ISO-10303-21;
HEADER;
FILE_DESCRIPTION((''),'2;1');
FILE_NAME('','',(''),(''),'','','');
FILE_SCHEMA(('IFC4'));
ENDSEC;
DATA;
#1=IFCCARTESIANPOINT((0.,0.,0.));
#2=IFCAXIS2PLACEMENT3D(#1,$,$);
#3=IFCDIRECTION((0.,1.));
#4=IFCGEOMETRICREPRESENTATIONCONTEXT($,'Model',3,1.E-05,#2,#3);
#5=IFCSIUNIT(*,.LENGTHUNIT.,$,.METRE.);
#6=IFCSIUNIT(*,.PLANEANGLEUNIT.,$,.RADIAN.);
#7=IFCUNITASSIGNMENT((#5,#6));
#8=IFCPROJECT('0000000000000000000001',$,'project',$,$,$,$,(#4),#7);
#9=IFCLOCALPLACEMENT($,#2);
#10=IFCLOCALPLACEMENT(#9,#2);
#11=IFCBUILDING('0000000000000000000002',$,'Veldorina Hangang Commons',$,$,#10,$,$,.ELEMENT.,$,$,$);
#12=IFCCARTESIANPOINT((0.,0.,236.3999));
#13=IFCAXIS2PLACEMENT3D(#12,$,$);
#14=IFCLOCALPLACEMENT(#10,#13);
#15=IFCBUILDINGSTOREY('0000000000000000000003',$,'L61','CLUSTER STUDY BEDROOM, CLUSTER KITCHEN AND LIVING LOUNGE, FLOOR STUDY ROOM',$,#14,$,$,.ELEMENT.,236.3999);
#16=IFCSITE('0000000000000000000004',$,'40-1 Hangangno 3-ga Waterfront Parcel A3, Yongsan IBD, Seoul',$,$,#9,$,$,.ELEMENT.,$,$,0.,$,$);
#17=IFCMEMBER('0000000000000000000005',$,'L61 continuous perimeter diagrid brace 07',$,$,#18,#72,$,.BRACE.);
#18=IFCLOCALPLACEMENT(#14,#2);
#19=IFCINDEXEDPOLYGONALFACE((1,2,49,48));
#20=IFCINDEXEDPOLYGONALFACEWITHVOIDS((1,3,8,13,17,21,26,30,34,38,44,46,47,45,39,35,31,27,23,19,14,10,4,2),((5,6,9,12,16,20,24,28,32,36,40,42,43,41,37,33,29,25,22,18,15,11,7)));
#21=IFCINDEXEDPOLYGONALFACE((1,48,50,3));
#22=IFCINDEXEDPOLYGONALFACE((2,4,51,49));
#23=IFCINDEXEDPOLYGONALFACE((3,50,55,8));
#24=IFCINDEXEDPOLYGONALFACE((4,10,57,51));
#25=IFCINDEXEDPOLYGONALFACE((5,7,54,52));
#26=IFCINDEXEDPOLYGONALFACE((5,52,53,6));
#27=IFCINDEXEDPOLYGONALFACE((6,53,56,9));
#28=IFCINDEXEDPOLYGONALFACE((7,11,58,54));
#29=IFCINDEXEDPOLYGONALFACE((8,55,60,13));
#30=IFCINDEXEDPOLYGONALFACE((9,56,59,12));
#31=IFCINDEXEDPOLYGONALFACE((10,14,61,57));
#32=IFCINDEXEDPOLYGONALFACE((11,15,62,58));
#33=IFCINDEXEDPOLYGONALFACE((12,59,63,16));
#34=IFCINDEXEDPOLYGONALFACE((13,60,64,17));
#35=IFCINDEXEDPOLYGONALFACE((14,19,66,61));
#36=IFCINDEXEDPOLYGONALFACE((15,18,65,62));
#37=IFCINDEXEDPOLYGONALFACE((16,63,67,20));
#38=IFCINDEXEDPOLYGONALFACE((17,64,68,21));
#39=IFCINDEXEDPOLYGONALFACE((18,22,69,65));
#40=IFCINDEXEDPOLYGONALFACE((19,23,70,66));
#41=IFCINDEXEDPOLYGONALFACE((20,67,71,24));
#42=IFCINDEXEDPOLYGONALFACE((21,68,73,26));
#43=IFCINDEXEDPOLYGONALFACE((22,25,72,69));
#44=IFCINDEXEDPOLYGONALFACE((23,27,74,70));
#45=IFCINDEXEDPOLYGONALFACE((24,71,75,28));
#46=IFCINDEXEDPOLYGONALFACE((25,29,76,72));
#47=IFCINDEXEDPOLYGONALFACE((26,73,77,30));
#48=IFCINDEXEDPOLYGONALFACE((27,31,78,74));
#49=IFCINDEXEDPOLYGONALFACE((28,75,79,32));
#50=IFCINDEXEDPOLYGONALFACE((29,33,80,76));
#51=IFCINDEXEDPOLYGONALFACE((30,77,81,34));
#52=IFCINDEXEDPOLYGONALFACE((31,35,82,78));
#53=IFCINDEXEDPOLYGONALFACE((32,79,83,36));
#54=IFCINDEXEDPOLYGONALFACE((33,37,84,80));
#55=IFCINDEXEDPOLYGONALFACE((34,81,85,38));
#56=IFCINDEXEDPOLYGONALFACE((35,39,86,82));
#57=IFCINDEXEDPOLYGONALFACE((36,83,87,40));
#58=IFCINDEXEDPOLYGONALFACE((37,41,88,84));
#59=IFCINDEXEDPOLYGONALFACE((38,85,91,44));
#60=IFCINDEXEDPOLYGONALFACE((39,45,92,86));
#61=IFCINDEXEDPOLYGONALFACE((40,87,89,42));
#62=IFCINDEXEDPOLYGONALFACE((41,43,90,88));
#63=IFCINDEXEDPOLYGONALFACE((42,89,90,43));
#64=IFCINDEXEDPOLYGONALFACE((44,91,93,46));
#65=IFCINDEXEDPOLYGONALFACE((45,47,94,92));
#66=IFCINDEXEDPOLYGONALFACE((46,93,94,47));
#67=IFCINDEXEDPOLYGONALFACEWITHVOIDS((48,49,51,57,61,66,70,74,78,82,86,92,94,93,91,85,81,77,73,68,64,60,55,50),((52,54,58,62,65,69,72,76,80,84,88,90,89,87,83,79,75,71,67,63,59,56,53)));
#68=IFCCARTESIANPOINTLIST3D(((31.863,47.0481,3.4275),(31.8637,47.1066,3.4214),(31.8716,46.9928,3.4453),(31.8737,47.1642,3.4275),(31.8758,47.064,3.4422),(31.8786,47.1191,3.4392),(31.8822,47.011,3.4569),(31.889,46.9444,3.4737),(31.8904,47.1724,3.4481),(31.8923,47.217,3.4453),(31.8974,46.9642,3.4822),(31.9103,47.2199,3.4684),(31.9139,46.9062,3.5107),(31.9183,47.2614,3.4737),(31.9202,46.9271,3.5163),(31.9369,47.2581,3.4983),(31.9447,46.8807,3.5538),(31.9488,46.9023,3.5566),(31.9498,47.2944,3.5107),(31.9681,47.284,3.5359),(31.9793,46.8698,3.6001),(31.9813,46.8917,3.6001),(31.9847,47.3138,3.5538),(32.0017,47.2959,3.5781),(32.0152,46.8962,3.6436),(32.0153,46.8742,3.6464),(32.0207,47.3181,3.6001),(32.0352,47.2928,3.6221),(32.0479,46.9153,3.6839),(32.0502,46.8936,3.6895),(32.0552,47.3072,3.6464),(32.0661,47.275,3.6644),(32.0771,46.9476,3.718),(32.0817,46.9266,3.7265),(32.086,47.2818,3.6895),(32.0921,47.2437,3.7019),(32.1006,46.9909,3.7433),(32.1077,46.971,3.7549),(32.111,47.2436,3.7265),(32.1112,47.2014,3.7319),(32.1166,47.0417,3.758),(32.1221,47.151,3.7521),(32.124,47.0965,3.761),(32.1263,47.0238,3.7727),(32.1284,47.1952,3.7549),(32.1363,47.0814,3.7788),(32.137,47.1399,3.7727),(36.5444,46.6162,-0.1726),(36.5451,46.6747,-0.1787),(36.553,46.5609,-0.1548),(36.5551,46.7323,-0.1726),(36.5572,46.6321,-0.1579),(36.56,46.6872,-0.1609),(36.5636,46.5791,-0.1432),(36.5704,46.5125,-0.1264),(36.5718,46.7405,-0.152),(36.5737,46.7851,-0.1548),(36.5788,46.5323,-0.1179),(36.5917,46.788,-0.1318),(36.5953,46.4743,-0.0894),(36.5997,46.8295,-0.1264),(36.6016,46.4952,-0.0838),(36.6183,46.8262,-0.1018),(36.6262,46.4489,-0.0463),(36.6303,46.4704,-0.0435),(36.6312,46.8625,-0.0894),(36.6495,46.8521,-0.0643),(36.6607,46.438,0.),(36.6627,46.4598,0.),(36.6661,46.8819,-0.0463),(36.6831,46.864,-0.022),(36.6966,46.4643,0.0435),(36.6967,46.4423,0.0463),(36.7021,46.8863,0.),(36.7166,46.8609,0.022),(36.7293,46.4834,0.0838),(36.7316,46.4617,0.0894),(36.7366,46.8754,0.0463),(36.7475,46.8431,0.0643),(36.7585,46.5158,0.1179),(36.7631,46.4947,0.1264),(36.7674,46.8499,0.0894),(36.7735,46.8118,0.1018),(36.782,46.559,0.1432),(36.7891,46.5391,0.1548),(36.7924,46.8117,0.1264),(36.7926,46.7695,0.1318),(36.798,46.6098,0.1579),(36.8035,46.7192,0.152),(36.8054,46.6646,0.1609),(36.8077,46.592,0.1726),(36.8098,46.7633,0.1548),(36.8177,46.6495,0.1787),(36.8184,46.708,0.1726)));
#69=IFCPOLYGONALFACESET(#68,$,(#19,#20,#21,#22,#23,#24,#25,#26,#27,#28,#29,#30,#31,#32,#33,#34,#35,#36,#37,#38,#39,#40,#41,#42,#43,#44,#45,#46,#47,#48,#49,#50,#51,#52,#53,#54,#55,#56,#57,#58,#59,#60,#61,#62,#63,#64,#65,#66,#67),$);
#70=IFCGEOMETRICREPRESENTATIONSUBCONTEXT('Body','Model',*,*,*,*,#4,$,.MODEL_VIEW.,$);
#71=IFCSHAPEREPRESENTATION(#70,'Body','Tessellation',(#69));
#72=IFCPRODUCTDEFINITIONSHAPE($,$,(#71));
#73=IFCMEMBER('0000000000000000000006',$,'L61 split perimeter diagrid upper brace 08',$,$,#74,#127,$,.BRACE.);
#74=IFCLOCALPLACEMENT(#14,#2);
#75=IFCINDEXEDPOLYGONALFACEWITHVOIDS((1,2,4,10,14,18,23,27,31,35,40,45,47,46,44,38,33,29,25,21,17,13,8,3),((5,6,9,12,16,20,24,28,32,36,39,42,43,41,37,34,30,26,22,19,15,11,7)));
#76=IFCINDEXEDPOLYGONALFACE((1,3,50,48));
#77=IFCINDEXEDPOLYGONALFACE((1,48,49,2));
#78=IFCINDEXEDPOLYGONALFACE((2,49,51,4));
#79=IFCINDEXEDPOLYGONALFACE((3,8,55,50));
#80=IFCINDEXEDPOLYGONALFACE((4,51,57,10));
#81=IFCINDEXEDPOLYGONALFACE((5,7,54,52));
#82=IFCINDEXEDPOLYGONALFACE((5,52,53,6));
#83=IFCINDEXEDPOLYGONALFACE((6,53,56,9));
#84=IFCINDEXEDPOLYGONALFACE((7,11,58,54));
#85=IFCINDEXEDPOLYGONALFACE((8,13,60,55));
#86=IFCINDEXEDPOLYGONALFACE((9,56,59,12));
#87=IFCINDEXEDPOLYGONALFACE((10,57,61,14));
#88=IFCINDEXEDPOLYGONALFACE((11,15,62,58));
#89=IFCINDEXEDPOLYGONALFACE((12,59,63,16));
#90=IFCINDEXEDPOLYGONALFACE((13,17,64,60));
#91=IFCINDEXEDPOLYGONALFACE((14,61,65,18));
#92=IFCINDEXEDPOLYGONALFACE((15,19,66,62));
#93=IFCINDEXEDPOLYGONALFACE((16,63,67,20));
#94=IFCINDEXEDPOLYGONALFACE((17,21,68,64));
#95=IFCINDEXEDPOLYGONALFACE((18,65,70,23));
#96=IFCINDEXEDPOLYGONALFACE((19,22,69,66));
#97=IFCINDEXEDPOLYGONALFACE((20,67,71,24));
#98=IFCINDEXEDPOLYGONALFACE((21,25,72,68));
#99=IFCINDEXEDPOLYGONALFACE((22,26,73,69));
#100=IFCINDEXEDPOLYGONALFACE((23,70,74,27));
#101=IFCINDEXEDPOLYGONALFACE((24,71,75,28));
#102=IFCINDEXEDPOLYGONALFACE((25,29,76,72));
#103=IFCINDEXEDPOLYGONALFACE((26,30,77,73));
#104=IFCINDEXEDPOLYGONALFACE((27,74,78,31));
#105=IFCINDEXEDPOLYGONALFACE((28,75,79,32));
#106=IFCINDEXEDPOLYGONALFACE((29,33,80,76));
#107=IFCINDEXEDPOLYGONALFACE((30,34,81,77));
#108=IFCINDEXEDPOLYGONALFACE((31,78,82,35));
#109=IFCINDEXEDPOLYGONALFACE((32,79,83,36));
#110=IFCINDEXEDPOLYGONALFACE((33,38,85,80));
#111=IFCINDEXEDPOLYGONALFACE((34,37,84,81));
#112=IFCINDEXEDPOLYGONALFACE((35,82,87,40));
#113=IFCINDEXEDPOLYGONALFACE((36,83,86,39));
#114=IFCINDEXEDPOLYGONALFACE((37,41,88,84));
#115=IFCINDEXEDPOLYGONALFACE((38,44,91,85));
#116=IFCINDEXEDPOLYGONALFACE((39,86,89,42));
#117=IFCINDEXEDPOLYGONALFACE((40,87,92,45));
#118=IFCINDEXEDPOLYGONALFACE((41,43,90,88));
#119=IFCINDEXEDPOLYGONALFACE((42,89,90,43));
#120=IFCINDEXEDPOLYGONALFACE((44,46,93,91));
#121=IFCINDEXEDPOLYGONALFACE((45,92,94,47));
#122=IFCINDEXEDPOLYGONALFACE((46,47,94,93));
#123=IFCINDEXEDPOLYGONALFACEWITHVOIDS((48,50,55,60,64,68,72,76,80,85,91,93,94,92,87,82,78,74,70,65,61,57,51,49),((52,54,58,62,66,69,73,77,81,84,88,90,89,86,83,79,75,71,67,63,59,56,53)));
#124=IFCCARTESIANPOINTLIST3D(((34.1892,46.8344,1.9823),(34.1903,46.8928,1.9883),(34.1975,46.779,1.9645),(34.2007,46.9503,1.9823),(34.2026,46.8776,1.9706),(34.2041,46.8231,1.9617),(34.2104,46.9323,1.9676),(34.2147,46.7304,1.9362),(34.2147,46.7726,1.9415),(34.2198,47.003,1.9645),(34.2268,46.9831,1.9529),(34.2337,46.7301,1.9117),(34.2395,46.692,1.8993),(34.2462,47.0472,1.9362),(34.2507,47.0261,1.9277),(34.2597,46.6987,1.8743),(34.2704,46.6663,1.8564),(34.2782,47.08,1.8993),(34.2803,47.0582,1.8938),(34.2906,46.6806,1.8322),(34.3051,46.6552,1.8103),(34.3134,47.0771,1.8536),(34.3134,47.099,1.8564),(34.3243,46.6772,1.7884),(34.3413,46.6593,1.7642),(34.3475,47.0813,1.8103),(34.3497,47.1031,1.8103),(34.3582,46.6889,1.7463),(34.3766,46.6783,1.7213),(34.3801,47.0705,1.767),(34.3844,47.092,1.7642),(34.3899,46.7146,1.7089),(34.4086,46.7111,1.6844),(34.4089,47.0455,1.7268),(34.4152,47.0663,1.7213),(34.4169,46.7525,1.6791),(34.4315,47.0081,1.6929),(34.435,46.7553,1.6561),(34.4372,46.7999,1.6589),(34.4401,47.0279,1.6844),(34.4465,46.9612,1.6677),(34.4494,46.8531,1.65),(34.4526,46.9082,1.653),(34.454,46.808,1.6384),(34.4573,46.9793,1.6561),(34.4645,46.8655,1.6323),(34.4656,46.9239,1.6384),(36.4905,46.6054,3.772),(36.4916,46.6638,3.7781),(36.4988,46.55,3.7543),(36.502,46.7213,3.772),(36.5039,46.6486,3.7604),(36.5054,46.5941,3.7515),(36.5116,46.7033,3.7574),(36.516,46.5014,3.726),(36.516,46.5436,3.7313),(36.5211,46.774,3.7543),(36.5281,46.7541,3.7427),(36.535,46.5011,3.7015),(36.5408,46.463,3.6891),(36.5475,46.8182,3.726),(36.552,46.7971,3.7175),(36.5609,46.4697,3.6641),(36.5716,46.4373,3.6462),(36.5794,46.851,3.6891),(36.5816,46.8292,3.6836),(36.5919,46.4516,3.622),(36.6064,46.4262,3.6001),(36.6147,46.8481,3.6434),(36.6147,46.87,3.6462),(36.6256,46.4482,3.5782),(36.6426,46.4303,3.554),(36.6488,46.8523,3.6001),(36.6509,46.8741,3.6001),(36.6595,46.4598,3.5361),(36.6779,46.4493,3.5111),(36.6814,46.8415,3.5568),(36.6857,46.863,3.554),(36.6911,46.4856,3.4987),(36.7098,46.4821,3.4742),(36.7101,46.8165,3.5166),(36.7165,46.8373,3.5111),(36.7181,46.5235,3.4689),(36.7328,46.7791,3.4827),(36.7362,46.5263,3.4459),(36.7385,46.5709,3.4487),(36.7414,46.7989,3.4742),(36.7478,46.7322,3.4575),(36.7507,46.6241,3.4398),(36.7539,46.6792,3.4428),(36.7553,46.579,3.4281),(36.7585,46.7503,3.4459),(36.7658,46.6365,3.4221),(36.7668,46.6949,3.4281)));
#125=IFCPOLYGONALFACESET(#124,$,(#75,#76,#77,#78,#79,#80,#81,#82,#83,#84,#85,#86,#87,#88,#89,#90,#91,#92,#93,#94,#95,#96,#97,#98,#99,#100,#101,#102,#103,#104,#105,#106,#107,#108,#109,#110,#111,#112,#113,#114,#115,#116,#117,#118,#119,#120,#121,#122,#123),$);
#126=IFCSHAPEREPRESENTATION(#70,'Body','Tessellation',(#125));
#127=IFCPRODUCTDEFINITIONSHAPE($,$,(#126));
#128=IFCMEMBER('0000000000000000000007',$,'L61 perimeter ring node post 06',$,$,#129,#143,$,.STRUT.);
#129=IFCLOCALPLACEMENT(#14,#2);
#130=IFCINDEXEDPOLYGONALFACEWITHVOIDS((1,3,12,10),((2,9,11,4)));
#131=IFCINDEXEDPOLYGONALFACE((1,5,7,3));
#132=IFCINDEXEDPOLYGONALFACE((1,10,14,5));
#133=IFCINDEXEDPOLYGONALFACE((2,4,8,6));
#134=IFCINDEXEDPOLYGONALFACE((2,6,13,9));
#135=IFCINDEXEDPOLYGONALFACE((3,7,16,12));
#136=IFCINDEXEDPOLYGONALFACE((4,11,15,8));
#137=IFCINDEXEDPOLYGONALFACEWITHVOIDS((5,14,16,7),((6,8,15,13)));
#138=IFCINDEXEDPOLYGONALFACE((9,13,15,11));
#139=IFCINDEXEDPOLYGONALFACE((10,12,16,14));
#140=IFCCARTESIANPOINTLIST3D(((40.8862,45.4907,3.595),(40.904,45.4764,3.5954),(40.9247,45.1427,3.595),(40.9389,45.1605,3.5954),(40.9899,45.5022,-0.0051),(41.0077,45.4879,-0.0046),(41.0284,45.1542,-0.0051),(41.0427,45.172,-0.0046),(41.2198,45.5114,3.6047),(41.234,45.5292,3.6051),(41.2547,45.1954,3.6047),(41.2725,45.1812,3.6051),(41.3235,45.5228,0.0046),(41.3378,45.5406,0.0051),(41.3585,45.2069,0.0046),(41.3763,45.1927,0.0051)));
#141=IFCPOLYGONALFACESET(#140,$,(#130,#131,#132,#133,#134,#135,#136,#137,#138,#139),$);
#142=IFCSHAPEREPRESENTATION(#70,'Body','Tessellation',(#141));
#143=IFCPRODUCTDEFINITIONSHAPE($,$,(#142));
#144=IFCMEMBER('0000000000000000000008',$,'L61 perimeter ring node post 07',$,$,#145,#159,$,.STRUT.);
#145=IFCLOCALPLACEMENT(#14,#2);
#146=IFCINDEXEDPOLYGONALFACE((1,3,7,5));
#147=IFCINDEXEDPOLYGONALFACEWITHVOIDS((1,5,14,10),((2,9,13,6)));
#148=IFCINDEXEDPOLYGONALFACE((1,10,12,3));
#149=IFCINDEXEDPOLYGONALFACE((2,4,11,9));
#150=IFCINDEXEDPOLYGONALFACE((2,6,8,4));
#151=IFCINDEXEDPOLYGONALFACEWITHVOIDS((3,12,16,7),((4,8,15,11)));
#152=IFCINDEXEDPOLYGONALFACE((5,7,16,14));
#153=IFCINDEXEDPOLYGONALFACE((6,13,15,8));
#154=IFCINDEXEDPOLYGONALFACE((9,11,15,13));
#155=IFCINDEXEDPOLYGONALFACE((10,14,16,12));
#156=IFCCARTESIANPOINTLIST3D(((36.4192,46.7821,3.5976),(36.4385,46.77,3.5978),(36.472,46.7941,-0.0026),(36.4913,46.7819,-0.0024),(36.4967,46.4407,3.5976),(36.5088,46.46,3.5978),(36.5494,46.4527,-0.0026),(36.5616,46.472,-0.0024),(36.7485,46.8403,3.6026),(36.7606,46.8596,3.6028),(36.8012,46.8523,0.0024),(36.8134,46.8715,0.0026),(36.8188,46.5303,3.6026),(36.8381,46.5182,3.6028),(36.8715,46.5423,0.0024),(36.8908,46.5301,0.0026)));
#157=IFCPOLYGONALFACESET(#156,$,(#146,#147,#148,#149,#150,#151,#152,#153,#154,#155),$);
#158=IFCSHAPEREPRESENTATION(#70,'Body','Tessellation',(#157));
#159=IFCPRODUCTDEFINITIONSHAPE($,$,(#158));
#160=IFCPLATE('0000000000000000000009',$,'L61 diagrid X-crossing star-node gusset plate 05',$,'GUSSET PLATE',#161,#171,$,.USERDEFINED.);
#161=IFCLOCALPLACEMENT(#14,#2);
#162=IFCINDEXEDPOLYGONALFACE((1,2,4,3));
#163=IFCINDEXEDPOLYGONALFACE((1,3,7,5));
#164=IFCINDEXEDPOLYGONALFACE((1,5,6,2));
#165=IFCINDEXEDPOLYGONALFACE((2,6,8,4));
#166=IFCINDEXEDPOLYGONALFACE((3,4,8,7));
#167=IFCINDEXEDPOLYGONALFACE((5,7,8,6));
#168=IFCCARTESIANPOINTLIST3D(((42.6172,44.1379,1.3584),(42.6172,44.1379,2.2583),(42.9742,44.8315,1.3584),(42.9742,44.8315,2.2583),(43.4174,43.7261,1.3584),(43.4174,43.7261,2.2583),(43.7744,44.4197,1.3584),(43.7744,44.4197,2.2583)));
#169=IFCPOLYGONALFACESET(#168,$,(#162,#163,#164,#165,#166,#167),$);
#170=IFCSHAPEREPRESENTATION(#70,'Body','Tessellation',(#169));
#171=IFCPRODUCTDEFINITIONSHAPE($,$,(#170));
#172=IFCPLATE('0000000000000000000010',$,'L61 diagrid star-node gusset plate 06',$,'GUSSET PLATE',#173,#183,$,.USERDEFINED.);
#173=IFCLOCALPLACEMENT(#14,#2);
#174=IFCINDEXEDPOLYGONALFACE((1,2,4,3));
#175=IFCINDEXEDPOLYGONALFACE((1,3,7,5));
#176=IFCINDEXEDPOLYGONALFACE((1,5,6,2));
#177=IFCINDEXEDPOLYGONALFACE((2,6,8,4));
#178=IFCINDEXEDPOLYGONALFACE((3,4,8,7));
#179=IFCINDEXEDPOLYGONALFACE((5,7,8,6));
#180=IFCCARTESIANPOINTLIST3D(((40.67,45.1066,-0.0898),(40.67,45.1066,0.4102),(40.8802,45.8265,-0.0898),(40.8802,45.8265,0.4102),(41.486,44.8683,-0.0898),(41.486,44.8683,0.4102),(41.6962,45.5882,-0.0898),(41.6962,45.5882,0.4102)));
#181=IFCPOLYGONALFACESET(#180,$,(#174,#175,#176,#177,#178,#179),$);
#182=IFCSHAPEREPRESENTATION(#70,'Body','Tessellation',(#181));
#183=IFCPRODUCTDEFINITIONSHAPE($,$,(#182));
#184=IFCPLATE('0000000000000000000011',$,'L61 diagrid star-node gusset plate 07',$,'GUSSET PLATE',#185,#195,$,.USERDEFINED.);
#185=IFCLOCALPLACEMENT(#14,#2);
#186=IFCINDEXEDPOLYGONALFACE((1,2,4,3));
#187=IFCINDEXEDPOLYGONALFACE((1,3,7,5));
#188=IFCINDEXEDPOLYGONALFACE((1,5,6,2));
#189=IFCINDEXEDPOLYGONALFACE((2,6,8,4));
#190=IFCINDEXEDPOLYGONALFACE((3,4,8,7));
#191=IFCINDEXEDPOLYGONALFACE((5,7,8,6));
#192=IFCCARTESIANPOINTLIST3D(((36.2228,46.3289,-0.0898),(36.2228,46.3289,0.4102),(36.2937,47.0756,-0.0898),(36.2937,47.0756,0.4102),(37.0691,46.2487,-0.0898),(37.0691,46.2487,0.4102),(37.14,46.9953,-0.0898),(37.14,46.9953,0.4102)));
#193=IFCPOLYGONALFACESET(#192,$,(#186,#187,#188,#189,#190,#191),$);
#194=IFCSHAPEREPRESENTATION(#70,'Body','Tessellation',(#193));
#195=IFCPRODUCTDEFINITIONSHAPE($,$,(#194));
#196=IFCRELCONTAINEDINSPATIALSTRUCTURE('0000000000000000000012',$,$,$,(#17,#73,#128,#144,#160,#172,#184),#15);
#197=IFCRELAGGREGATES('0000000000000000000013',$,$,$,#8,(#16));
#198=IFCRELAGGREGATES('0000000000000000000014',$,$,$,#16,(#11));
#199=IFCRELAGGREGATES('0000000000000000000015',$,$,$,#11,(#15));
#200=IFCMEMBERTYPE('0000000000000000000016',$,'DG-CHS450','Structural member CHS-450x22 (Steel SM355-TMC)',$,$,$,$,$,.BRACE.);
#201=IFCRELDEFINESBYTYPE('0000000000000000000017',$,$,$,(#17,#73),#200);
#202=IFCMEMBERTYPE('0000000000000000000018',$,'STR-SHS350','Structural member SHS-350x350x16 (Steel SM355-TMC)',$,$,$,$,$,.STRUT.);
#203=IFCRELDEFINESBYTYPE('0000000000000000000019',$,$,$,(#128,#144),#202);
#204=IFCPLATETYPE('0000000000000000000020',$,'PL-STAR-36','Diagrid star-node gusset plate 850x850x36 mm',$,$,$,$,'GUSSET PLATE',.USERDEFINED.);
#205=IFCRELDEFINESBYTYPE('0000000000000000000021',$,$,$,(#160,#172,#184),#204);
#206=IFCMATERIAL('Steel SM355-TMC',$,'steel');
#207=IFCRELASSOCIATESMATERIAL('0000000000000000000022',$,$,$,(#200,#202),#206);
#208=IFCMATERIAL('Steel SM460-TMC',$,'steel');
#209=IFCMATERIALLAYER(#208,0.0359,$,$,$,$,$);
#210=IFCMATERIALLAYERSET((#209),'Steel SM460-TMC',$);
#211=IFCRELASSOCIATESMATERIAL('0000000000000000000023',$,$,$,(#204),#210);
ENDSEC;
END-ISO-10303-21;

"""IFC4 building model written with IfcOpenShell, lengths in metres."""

from ifc_helpers import new_model, si_unit, direction, frame, origin, origin_2d, place, context, subcontext, project, spatial, rectangle, hollow_rectangle, hollow_circle, extrude, material, layer, layer_set, material_profile, profile_set, type_object, element, save


model = new_model("IFC4")

# Units and contexts
model_context = context("Model", 3, precision=1e-05, world=origin(), true_north=direction((0.0, 1.0)))
body_context = subcontext(model_context, "Body", "Model", "MODEL_VIEW")
ifc_project = project(units=[si_unit("LENGTHUNIT", "METRE"), si_unit("PLANEANGLEUNIT", "RADIAN")], contexts=[model_context])

# Site, building, storey
site_placement = place(None, origin())
site = spatial("IfcSite", under=ifc_project, at=site_placement, Name="40-1 Hangangno 3-ga Waterfront Parcel A3, Yongsan IBD, Seoul", CompositionType="ELEMENT", RefElevation=0.0)
building_placement = place(site_placement, origin())
building = spatial("IfcBuilding", under=site, at=building_placement, Name="Veldorina Hangang Commons", CompositionType="ELEMENT")
storey_placement = place(building_placement, frame((0.0, 0.0, 236.3999)))
storey = spatial("IfcBuildingStorey", under=building, at=storey_placement, Name="L61", Description="CLUSTER STUDY BEDROOM, CLUSTER KITCHEN AND LIVING LOUNGE, FLOOR STUDY ROOM", CompositionType="ELEMENT", Elevation=236.3999)

# Shared definitions
ifc_material_1 = material(Name="Steel SM355-TMC", Category="steel")

# Members
ifc_material_profile_1 = material_profile(ifc_material_1, hollow_circle(Radius=0.2251, WallThickness=0.022, at=origin_2d()), Name="CHS-450x22")
ifc_profile_set_1 = profile_set([ifc_material_profile_1], Name="Steel SM355-TMC")
member_type_1 = type_object("IfcMemberType", Name="DG-CHS450", Description="Structural member CHS-450x22 (Steel SM355-TMC)", PredefinedType="BRACE", material=ifc_profile_set_1)
member_1_placement = place(storey_placement, frame((36.6814, 46.6621, 0.0), z_axis=(-0.790593, 0.072937, 0.607983), x_axis=(-0.091865, -0.995771, 0.0)))
element("IfcMember", 1, at=member_1_placement, inside=storey, type_object=member_type_1, Name="L61 continuous perimeter diagrid brace 07", PredefinedType="BRACE", context=body_context, shape_type="SweptSolid", body=[
    extrude(hollow_circle(Radius=0.2251, WallThickness=0.022, at=origin_2d()), origin(), (0.0, 0.0, 1.0), 5.9214),
])
member_2_placement = place(storey_placement, frame((34.3274, 46.8792, 1.8103), z_axis=(0.786942, -0.07831, 0.612038), x_axis=(0.099023, 0.995085, 0.0)))
element("IfcMember", 2, at=member_2_placement, inside=storey, type_object=member_type_1, Name="L61 split perimeter diagrid upper brace 08", PredefinedType="BRACE", context=body_context, shape_type="SweptSolid", body=[
    extrude(hollow_circle(Radius=0.2251, WallThickness=0.022, at=origin_2d()), origin(), (0.0, 0.0, 1.0), 2.9243),
])
ifc_material_profile_2 = material_profile(ifc_material_1, hollow_rectangle(XDim=0.3501, YDim=0.3501, WallThickness=0.0161, at=origin_2d()), Name="SHS-350x350x16")
ifc_profile_set_2 = profile_set([ifc_material_profile_2], Name="Steel SM355-TMC")
member_type_2 = type_object("IfcMemberType", Name="STR-SHS350", Description="Structural member SHS-350x350x16 (Steel SM355-TMC)", PredefinedType="STRUT", material=ifc_profile_set_2)
member_3_placement = place(storey_placement, frame((41.1831, 45.3474, 0.0), z_axis=(-0.028809, -0.003186, 0.99958), x_axis=(0.109918, -0.993941, 0.0)))
element("IfcMember", 3, at=member_3_placement, inside=storey, type_object=member_type_2, Name="L61 perimeter ring node post 06", PredefinedType="STRUT", context=body_context, shape_type="SweptSolid", body=[
    extrude(hollow_rectangle(XDim=0.3501, YDim=0.3501, WallThickness=0.0161, at=origin_2d()), origin(), (0.0, 0.0, 1.0), 3.6016),
])
member_4_placement = place(storey_placement, frame((36.6814, 46.6621, 0.0), z_axis=(-0.014646, -0.003323, 0.999887), x_axis=(0.221231, -0.975221, 0.0)))
element("IfcMember", 4, at=member_4_placement, inside=storey, type_object=member_type_2, Name="L61 perimeter ring node post 07", PredefinedType="STRUT", context=body_context, shape_type="SweptSolid", body=[
    extrude(hollow_rectangle(XDim=0.3501, YDim=0.3501, WallThickness=0.0161, at=origin_2d()), origin(), (0.0, 0.0, 1.0), 3.6006),
])

# Plates
ifc_material_2 = material(Name="Steel SM460-TMC", Category="steel")
ifc_layer_1 = layer(ifc_material_2, 0.0359)
ifc_layer_set_1 = layer_set([ifc_layer_1], Name="Steel SM460-TMC")
plate_type = type_object("IfcPlateType", Name="PL-STAR-36", Description="Diagrid star-node gusset plate 850x850x36 mm", ElementType="GUSSET PLATE", PredefinedType="USERDEFINED", material=ifc_layer_set_1)
plate_1_placement = place(storey_placement, frame((43.1958, 44.2788, 1.3584), z_axis=(0.0, 0.0, 1.0), x_axis=(-0.889137, 0.457641, 0.0)))
element("IfcPlate", 5, at=plate_1_placement, inside=storey, type_object=plate_type, Name="L61 diagrid X-crossing star-node gusset plate 05", ObjectType="GUSSET PLATE", PredefinedType="USERDEFINED", context=body_context, shape_type="SweptSolid", body=[
    extrude(rectangle(XDim=0.8999, YDim=0.78, at=origin_2d()), origin(), (0.0, 0.0, 1.0), 0.8999),
])
for number, where, z_axis, x_axis, name in (
    (6, (41.1831, 45.3474, -0.0898), (0.0, 0.0, 1.0), (-0.959893, 0.280365, 0.0), "L61 diagrid star-node gusset plate 06"),
    (7, (36.6814, 46.6621, -0.0898), (0.0, 0.0, 1.0), (-0.995532, 0.094421, 0.0), "L61 diagrid star-node gusset plate 07"),
):
    element("IfcPlate", number, at=place(storey_placement, frame(where, z_axis=z_axis, x_axis=x_axis)), inside=storey, type_object=plate_type, Name=name, ObjectType="GUSSET PLATE", PredefinedType="USERDEFINED", context=body_context, shape_type="SweptSolid", body=[
        extrude(rectangle(XDim=0.8501, YDim=0.75, at=origin_2d()), origin(), (0.0, 0.0, 1.0), 0.5),
    ])

save(model, "model.ifc")
